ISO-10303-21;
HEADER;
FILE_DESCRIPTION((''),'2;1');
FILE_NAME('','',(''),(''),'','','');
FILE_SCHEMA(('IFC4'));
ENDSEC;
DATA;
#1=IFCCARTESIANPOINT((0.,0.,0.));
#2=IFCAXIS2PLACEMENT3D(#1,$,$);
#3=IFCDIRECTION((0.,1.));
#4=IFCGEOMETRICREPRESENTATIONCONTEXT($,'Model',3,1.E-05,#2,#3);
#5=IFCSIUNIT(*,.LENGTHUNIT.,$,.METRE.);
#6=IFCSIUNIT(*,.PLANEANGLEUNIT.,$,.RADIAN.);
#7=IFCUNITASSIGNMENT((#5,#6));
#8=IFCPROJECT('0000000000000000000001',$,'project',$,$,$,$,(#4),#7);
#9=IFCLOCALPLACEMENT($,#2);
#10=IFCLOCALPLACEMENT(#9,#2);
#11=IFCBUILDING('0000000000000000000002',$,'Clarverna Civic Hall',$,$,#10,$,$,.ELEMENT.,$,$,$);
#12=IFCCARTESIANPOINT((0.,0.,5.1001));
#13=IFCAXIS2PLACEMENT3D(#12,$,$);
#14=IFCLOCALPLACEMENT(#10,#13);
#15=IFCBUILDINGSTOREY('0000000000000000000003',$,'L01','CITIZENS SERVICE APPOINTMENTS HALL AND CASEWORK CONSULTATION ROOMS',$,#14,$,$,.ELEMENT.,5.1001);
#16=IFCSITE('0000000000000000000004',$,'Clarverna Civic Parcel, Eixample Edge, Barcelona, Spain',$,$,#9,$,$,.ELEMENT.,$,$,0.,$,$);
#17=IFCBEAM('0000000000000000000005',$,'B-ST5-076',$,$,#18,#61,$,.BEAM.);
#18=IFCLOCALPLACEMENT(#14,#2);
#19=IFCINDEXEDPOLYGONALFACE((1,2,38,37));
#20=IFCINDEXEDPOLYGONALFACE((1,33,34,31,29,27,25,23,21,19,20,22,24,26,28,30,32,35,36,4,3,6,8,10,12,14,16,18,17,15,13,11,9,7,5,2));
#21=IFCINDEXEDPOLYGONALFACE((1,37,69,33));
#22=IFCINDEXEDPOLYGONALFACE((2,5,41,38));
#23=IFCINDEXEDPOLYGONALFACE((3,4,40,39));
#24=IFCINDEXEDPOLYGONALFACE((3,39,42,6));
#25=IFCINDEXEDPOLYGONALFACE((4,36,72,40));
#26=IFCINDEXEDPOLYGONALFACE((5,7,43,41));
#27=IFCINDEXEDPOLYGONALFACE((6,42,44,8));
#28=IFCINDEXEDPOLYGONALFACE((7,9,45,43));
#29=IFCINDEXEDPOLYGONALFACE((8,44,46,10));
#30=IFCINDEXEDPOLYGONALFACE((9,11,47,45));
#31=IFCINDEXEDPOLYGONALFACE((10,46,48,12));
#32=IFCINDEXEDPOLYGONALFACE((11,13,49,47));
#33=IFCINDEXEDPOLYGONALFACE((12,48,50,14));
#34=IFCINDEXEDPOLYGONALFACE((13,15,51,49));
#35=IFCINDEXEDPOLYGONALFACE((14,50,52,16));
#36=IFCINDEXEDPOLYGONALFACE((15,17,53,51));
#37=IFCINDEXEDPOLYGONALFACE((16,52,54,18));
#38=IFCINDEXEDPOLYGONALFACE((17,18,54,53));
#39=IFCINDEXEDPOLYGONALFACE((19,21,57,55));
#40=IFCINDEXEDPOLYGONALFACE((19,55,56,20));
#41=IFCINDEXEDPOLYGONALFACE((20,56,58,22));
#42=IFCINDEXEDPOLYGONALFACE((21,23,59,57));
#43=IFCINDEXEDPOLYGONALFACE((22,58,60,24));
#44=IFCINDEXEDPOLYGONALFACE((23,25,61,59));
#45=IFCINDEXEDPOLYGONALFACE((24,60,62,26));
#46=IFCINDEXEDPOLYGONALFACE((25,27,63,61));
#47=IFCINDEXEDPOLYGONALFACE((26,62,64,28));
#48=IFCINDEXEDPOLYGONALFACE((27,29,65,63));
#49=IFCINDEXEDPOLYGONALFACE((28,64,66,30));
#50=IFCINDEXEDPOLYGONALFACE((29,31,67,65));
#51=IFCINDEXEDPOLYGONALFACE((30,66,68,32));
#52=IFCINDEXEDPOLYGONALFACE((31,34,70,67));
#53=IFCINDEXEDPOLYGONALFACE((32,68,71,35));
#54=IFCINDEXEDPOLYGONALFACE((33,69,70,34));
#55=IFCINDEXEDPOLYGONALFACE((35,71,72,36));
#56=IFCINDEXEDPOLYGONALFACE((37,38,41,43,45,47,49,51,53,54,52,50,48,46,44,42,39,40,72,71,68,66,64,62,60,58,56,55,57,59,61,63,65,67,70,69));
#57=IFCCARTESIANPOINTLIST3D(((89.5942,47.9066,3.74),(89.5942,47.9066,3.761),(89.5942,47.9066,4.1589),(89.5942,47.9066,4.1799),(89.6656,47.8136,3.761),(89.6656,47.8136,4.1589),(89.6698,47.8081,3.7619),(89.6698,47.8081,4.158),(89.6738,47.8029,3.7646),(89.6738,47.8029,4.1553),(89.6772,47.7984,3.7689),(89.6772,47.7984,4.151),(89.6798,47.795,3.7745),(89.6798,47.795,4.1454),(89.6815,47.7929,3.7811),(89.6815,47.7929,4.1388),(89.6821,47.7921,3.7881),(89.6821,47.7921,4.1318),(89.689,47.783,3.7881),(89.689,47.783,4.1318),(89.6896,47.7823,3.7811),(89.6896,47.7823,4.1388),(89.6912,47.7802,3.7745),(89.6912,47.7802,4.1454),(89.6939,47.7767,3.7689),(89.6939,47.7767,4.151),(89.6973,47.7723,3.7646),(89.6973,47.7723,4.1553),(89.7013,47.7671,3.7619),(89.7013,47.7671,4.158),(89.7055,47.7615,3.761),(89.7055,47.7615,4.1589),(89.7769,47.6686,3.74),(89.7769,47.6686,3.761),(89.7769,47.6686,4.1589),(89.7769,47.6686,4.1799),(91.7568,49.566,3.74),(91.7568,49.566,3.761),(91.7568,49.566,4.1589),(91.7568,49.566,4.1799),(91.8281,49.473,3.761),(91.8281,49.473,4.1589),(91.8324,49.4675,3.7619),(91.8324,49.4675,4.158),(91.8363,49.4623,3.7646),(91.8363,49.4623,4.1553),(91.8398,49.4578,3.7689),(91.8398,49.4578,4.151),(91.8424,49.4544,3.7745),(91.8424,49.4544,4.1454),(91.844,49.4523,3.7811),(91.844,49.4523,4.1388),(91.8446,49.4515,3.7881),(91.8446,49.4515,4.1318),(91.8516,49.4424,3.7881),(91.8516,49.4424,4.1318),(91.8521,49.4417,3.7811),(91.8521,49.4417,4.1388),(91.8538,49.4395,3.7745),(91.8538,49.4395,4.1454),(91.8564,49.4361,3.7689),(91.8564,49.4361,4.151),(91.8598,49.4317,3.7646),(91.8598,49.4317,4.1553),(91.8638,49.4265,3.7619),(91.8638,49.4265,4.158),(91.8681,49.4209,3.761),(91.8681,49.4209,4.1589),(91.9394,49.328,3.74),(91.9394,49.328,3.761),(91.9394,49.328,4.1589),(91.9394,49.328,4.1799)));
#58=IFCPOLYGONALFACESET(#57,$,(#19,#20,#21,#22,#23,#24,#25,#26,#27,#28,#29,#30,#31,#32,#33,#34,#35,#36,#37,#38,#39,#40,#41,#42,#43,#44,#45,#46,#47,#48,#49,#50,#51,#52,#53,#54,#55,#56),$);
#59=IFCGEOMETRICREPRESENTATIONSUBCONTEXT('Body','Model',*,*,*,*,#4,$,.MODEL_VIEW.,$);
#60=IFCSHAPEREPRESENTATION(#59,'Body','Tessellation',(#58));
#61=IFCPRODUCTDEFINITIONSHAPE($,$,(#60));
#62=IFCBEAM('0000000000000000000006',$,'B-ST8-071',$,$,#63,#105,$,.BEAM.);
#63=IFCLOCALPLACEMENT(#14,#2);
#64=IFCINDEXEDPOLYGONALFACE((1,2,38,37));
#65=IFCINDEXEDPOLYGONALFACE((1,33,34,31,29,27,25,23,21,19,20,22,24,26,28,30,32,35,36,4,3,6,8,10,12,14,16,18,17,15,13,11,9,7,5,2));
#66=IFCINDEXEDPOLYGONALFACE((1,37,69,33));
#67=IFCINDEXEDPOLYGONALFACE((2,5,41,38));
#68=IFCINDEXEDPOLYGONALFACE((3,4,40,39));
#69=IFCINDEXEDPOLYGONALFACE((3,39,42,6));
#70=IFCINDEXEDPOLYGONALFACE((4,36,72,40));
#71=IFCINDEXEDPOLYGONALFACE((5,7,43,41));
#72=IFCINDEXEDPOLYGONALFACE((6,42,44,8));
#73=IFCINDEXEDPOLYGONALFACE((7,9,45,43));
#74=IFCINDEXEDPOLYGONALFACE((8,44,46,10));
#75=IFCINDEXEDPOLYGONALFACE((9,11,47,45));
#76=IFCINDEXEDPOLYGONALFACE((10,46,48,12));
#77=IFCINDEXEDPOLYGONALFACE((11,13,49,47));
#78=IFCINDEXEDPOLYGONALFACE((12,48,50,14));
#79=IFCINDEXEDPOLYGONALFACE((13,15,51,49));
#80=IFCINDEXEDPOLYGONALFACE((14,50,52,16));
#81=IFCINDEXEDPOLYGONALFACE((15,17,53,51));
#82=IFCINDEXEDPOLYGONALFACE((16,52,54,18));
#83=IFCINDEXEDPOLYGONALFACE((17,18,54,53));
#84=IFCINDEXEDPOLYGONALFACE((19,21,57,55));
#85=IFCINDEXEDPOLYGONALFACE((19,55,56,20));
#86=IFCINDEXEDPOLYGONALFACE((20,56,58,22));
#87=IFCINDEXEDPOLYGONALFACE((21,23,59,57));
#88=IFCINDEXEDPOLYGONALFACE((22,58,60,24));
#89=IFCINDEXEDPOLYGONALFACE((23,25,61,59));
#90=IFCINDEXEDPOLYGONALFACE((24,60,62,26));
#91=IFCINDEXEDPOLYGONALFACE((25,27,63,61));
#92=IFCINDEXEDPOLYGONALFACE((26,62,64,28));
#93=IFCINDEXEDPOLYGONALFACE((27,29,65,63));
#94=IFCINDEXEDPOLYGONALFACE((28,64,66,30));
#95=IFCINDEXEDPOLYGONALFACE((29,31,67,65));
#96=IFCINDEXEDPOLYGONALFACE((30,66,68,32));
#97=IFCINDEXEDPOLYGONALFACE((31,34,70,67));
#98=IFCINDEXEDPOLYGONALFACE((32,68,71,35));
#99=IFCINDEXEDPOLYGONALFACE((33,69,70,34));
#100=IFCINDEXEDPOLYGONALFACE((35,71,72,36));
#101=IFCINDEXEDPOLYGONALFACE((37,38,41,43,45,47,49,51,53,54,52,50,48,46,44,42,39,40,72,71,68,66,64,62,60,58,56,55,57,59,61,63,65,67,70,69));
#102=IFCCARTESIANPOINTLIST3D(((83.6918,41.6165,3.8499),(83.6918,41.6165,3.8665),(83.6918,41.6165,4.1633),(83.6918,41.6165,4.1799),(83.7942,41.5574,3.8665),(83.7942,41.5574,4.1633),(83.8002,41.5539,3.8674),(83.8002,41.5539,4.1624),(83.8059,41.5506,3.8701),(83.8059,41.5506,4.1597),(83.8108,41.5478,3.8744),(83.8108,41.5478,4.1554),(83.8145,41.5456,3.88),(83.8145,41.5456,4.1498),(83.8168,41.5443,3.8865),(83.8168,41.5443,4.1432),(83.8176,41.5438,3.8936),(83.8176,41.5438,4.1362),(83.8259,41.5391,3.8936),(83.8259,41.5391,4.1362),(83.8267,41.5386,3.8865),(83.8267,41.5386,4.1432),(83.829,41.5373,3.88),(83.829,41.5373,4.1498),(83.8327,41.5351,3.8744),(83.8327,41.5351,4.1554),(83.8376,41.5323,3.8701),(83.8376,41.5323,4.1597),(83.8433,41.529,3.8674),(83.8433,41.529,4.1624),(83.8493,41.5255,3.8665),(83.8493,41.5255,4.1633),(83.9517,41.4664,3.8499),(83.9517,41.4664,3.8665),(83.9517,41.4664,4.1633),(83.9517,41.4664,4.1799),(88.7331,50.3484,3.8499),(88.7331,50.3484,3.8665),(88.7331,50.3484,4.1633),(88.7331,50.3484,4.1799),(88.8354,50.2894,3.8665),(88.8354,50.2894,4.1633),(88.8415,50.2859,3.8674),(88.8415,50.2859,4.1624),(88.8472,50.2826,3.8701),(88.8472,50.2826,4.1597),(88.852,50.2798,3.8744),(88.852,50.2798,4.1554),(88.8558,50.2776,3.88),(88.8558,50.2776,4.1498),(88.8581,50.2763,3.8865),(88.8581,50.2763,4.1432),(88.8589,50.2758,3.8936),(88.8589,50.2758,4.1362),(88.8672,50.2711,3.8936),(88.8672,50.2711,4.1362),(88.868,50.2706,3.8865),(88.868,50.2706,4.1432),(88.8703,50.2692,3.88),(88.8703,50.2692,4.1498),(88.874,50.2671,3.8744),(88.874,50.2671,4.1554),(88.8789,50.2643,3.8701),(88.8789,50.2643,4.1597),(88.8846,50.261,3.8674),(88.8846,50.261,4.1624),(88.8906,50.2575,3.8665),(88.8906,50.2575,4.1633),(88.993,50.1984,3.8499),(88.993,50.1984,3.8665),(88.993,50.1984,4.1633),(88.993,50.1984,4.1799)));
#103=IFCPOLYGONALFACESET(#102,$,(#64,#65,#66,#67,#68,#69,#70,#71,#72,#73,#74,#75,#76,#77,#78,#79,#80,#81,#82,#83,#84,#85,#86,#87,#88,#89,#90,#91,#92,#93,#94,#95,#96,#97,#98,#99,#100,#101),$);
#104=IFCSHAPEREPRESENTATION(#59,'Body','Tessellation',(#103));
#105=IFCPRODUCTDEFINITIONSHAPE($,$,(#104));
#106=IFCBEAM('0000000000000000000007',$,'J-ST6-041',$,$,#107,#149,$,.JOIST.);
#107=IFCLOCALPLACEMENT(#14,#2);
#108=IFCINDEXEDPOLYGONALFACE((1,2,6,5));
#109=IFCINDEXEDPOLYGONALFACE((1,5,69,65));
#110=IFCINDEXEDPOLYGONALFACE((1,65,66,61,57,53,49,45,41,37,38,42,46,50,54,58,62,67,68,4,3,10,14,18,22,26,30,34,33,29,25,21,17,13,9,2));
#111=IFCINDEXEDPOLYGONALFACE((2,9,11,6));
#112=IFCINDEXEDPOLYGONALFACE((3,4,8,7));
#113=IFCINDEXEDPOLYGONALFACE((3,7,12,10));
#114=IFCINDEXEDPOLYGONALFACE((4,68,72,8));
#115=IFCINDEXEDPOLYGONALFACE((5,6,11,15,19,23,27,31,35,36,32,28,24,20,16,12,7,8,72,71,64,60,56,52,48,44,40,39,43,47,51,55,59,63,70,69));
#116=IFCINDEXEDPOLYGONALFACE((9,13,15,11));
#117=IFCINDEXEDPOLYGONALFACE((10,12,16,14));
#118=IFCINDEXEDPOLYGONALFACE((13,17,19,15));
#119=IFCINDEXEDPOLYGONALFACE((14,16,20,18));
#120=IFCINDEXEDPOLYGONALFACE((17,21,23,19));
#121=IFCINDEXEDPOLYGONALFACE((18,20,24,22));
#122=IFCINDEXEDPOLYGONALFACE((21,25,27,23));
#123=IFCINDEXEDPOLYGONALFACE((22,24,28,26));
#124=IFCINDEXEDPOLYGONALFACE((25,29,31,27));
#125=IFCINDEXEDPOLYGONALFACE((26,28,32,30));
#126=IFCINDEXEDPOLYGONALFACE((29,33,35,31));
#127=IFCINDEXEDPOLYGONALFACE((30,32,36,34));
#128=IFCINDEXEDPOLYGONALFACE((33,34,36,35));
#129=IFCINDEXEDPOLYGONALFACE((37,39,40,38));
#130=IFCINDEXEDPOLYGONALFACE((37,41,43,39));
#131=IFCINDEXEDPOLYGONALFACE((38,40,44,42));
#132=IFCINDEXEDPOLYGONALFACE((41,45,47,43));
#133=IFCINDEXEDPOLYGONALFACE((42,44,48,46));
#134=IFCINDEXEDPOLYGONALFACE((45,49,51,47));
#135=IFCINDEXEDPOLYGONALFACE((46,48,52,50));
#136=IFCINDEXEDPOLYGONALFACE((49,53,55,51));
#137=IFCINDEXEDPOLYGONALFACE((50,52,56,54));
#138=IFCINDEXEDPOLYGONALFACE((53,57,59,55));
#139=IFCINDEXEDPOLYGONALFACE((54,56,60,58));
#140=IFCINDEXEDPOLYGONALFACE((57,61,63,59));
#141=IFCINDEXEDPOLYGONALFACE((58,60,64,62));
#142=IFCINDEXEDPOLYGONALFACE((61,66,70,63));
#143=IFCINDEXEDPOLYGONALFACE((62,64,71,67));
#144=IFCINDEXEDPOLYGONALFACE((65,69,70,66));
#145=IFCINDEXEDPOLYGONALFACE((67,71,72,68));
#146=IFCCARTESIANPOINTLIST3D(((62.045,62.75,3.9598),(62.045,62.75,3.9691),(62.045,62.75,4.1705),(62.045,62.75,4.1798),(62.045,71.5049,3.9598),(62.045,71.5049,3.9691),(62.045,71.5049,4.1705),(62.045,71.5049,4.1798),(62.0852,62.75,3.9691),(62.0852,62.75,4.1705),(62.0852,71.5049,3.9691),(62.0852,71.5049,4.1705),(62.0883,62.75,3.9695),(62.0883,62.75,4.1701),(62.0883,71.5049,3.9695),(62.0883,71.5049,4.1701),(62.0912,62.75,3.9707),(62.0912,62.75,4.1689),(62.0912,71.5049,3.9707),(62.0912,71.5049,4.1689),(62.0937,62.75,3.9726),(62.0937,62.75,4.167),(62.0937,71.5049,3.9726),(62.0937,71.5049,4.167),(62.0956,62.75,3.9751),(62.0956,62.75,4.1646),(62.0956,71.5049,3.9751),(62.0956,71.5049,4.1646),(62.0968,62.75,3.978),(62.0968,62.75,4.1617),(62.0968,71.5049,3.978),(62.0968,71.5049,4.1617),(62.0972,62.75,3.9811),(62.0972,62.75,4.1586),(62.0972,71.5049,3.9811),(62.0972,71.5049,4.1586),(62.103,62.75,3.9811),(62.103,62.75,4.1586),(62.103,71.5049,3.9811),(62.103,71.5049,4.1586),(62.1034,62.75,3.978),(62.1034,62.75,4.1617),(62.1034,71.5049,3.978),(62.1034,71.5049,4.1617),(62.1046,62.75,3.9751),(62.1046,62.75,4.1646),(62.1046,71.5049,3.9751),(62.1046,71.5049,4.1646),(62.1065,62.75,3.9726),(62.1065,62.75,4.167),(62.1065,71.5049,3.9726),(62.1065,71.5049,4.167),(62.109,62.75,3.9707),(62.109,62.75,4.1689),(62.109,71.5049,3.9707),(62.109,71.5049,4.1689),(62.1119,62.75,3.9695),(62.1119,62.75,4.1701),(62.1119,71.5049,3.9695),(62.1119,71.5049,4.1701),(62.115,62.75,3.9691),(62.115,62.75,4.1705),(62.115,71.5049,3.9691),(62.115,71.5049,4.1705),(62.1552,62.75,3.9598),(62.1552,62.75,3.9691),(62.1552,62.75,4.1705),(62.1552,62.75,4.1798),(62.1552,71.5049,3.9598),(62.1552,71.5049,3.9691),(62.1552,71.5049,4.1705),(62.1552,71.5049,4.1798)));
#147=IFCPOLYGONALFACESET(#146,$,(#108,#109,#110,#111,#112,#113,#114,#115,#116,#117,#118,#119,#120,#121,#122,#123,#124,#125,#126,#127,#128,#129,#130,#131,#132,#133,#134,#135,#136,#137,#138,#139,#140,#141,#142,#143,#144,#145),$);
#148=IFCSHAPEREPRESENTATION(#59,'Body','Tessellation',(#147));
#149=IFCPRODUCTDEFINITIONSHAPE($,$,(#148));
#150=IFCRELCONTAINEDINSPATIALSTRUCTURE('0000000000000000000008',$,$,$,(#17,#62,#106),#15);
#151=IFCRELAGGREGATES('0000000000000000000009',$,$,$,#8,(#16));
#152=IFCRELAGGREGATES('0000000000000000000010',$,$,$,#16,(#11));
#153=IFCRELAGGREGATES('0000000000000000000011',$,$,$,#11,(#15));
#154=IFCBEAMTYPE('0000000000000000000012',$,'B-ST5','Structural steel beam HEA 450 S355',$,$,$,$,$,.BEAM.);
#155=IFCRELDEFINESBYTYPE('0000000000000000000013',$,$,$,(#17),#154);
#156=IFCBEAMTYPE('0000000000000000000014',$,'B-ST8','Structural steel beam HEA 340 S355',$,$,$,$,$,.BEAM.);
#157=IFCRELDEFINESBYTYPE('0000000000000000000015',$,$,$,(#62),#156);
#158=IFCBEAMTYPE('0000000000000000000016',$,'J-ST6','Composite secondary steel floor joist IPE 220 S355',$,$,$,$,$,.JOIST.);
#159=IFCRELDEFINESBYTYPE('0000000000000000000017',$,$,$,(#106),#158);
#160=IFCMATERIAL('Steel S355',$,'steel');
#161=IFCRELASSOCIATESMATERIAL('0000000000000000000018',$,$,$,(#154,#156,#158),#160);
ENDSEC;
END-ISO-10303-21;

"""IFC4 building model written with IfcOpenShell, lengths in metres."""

from ifc_helpers import new_model, si_unit, direction, frame, origin, origin_2d, place, context, subcontext, project, spatial, i_section, extrude, material, material_profile, profile_set, type_object, element, save


model = new_model("IFC4")

# Units and contexts
model_context = context("Model", 3, precision=1e-05, world=origin(), true_north=direction((0.0, 1.0)))
body_context = subcontext(model_context, "Body", "Model", "MODEL_VIEW")
ifc_project = project(units=[si_unit("LENGTHUNIT", "METRE"), si_unit("PLANEANGLEUNIT", "RADIAN")], contexts=[model_context])

# Site, building, storey
site_placement = place(None, origin())
site = spatial("IfcSite", under=ifc_project, at=site_placement, Name="Clarverna Civic Parcel, Eixample Edge, Barcelona, Spain", CompositionType="ELEMENT", RefElevation=0.0)
building_placement = place(site_placement, origin())
building = spatial("IfcBuilding", under=site, at=building_placement, Name="Clarverna Civic Hall", CompositionType="ELEMENT")
storey_placement = place(building_placement, frame((0.0, 0.0, 5.1001)))
storey = spatial("IfcBuildingStorey", under=building, at=storey_placement, Name="L01", Description="CITIZENS SERVICE APPOINTMENTS HALL AND CASEWORK CONSULTATION ROOMS", CompositionType="ELEMENT", Elevation=5.1001)

# Beams
ifc_material_1 = material(Name="Steel S355", Category="steel")
ifc_material_profile_1 = material_profile(ifc_material_1, i_section(OverallWidth=0.3, OverallDepth=0.4399, WebThickness=0.0115, FlangeThickness=0.021, FilletRadius=0.0271, at=origin_2d()), Name="HEA 450")
ifc_profile_set_1 = profile_set([ifc_material_profile_1], Name="Steel S355")
beam_type_1 = type_object("IfcBeamType", Name="B-ST5", Description="Structural steel beam HEA 450 S355", PredefinedType="BEAM", material=ifc_profile_set_1)
for number, where, z_axis, x_axis, name in (
    (1, (89.6855, 47.7876, 3.96), (0.793353, 0.608762, 0.0), (-0.608762, 0.793353, 0.0), "B-ST5-076"),
):
    element("IfcBeam", number, at=place(storey_placement, frame(where, z_axis=z_axis, x_axis=x_axis)), inside=storey, type_object=beam_type_1, Name=name, PredefinedType="BEAM", context=body_context, shape_type="SweptSolid", body=[
        extrude(i_section(OverallWidth=0.3, OverallDepth=0.4399, WebThickness=0.0115, FlangeThickness=0.021, FilletRadius=0.0271, at=origin_2d()), origin(), (0.0, 0.0, 1.0), 2.7258),
    ])
ifc_material_profile_2 = material_profile(ifc_material_1, i_section(OverallWidth=0.3, OverallDepth=0.3301, WebThickness=0.0095, FlangeThickness=0.0166, FilletRadius=0.0271, at=origin_2d()), Name="HEA 340")
ifc_profile_set_2 = profile_set([ifc_material_profile_2], Name="Steel S355")
beam_type_2 = type_object("IfcBeamType", Name="B-ST8", Description="Structural steel beam HEA 340 S355", PredefinedType="BEAM", material=ifc_profile_set_2)
beam_1_placement = place(storey_placement, frame((88.863, 50.2734, 4.0149), z_axis=(-0.499991, -0.866031, 0.0), x_axis=(0.866031, -0.499991, 0.0)))
element("IfcBeam", 2, at=beam_1_placement, inside=storey, type_object=beam_type_2, Name="B-ST8-071", PredefinedType="BEAM", context=body_context, shape_type="SweptSolid", body=[
    extrude(i_section(OverallWidth=0.3, OverallDepth=0.3301, WebThickness=0.0095, FlangeThickness=0.0166, FilletRadius=0.0271, at=origin_2d()), origin(), (0.0, 0.0, 1.0), 10.0828),
])
ifc_material_profile_3 = material_profile(ifc_material_1, i_section(OverallWidth=0.1101, OverallDepth=0.22, WebThickness=0.0059, FlangeThickness=0.0093, FilletRadius=0.012, at=origin_2d()), Name="IPE 220")
ifc_profile_set_3 = profile_set([ifc_material_profile_3], Name="Steel S355")
beam_type_3 = type_object("IfcBeamType", Name="J-ST6", Description="Composite secondary steel floor joist IPE 220 S355", PredefinedType="JOIST", material=ifc_profile_set_3)
beam_2_placement = place(storey_placement, frame((62.1001, 62.75, 4.0698), z_axis=(0.0, 1.0, 0.0), x_axis=(-1.0, 0.0, 0.0)))
element("IfcBeam", 3, at=beam_2_placement, inside=storey, type_object=beam_type_3, Name="J-ST6-041", PredefinedType="JOIST", context=body_context, shape_type="SweptSolid", body=[
    extrude(i_section(OverallWidth=0.1101, OverallDepth=0.22, WebThickness=0.0059, FlangeThickness=0.0093, FilletRadius=0.012, at=origin_2d()), origin(), (0.0, 0.0, 1.0), 8.7549),
])

save(model, "model.ifc")
